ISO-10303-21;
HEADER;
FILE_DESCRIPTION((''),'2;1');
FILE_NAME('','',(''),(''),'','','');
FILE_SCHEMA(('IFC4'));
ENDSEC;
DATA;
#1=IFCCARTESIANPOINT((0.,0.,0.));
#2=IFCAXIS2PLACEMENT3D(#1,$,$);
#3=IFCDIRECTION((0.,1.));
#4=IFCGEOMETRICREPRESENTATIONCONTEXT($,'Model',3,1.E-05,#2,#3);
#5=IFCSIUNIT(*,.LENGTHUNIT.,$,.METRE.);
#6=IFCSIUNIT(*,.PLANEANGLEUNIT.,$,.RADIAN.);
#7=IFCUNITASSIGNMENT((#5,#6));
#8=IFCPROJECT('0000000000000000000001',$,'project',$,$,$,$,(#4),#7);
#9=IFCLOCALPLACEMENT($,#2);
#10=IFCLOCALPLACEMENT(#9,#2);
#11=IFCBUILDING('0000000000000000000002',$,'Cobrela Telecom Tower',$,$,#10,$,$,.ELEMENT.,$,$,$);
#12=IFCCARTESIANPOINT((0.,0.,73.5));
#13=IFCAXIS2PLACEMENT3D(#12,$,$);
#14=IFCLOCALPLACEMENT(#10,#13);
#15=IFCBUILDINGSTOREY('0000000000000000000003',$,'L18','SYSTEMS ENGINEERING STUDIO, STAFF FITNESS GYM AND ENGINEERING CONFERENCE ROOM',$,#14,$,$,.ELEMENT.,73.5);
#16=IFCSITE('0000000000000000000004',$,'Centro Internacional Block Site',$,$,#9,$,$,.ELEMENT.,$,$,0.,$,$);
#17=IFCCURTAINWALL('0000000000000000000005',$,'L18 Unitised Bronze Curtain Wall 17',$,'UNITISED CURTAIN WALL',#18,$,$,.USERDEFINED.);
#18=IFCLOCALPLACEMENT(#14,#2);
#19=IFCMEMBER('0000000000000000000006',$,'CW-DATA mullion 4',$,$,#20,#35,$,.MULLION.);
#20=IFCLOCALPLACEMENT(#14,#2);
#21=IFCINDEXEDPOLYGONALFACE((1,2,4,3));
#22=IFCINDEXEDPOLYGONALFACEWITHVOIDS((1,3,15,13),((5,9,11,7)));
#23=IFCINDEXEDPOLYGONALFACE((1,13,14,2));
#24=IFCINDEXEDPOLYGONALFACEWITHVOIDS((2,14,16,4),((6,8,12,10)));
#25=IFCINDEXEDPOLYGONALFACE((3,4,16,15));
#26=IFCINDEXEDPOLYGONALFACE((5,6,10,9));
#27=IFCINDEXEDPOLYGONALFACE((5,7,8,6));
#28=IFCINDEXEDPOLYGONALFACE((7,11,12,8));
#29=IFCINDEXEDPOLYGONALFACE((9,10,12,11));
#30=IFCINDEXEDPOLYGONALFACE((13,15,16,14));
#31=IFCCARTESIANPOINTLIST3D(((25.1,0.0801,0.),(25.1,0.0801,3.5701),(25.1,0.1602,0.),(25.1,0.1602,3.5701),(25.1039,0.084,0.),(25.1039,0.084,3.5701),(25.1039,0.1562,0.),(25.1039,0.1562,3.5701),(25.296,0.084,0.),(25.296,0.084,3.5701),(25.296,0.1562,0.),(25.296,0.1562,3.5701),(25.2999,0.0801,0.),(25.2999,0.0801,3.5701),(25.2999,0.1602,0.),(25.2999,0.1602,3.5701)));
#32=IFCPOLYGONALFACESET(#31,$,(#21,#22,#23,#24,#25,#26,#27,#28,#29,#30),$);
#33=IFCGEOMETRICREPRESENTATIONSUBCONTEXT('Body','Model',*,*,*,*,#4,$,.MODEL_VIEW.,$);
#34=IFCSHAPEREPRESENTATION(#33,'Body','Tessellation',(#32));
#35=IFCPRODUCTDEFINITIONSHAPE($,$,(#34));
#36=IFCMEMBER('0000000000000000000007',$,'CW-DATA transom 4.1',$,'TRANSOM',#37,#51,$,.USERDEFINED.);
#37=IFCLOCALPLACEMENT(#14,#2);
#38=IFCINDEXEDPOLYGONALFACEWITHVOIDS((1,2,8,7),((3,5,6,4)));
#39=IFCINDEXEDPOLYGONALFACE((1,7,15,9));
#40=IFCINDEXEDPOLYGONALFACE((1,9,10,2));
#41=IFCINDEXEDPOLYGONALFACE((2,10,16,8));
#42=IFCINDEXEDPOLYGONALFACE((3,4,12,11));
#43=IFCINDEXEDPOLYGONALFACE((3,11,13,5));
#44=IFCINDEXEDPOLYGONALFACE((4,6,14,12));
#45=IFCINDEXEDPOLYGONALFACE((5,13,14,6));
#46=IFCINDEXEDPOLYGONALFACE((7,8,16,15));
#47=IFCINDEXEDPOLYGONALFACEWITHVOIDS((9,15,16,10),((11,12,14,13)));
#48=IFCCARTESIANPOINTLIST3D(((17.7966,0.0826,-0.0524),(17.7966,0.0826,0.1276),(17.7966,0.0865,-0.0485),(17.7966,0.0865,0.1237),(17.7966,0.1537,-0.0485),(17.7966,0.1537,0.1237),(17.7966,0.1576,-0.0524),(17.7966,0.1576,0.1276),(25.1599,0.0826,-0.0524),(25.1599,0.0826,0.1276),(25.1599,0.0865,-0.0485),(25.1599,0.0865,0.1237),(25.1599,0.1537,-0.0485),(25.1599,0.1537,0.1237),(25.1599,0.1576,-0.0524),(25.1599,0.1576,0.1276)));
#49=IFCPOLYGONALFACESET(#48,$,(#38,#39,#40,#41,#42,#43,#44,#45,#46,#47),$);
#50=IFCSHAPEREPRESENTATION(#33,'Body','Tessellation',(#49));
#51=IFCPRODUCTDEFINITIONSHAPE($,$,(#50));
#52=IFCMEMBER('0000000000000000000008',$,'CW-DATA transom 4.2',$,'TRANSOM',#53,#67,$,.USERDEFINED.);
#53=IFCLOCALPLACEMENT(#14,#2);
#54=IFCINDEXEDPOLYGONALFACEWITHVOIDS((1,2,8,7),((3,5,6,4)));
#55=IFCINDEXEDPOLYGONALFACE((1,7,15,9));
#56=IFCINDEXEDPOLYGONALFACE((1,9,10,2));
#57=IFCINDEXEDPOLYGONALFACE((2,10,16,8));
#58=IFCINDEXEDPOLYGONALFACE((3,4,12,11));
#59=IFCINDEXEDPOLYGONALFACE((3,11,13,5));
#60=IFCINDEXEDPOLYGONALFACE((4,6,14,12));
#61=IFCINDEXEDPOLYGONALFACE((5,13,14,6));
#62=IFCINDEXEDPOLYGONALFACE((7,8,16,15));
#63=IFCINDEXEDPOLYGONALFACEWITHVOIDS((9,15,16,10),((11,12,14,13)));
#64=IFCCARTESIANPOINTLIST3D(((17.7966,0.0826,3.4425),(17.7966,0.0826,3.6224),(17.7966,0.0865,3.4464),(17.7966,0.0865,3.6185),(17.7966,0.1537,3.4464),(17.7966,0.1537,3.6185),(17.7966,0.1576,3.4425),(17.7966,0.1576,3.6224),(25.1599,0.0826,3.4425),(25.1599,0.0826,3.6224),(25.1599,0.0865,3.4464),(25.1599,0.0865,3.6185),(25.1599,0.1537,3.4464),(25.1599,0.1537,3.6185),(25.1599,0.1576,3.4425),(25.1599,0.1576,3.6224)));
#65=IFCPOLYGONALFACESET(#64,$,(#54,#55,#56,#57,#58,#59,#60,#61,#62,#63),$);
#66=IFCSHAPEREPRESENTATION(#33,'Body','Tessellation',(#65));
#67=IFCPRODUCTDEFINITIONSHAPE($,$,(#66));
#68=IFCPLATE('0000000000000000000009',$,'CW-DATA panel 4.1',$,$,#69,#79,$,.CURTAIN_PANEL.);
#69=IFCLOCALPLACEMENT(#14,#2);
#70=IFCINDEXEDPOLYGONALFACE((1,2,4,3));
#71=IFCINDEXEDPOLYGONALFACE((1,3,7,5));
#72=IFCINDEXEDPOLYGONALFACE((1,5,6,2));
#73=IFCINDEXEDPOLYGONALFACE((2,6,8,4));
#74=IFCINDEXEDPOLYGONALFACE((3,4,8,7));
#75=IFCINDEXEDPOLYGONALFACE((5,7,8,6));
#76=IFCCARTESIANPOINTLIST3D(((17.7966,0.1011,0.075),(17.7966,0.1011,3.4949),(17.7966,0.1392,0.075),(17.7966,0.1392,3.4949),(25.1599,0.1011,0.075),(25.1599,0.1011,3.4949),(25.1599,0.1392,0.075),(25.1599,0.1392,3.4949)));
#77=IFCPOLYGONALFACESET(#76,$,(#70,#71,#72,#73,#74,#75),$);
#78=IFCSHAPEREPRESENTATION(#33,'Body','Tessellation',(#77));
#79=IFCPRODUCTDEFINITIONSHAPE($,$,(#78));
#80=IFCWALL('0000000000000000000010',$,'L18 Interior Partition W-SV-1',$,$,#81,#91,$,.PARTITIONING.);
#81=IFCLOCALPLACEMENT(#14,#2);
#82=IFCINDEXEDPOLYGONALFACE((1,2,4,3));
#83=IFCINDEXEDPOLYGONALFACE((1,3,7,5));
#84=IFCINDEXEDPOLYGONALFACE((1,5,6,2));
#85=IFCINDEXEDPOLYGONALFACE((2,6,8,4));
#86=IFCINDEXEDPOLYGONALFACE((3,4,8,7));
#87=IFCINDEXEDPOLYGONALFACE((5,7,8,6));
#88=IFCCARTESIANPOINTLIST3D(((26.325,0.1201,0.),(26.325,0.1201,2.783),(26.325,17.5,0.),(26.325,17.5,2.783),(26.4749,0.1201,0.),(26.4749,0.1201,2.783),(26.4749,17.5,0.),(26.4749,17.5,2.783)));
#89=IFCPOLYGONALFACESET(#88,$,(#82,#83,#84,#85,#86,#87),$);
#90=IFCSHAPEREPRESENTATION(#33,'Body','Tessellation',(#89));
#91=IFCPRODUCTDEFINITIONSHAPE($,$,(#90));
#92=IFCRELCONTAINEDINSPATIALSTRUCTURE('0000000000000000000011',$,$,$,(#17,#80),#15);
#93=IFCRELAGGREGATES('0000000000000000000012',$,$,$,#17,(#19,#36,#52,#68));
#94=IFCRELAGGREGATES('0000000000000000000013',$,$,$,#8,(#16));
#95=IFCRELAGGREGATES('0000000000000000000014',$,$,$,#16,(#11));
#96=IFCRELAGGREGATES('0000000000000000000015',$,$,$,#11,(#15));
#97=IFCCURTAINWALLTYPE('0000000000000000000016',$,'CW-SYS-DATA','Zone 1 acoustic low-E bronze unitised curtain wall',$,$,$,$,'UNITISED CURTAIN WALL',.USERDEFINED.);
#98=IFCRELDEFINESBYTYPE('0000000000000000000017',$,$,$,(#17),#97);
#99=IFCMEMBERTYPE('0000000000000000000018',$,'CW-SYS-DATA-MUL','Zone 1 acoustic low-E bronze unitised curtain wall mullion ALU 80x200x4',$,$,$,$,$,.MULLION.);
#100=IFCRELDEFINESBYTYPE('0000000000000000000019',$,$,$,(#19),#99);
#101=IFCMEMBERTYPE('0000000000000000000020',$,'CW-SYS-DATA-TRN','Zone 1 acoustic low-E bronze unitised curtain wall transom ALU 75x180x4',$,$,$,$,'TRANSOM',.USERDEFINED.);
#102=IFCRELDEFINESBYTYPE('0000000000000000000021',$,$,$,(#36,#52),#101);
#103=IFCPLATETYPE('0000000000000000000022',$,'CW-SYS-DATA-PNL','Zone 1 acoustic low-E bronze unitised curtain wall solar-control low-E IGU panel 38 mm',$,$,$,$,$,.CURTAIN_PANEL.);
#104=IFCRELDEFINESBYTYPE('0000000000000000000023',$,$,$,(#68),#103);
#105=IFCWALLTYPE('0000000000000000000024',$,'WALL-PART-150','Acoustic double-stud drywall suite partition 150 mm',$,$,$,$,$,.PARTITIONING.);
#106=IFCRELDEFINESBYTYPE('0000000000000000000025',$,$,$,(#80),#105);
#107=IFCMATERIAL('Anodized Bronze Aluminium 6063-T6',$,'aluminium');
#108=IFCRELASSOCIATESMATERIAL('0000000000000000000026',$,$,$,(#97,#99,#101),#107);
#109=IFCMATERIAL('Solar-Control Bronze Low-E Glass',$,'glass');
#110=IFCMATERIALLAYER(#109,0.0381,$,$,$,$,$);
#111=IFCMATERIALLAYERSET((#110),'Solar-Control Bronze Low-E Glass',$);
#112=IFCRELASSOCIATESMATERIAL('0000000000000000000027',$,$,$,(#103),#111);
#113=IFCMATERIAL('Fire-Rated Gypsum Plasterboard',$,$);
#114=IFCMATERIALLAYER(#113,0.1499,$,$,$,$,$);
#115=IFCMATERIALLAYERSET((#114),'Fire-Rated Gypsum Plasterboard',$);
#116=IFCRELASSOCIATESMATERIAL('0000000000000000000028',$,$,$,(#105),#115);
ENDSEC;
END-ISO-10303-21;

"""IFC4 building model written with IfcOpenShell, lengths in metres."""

from ifc_helpers import new_model, si_unit, direction, frame, frame_2d, origin, origin_2d, place, context, subcontext, project, spatial, rectangle, hollow_rectangle, extrude, material, layer, layer_set, material_profile, profile_set, type_object, element, aggregate, save


model = new_model("IFC4")

# Units and contexts
model_context = context("Model", 3, precision=1e-05, world=origin(), true_north=direction((0.0, 1.0)))
body_context = subcontext(model_context, "Body", "Model", "MODEL_VIEW")
ifc_project = project(units=[si_unit("LENGTHUNIT", "METRE"), si_unit("PLANEANGLEUNIT", "RADIAN")], contexts=[model_context])

# Site, building, storey
site_placement = place(None, origin())
site = spatial("IfcSite", under=ifc_project, at=site_placement, Name="Centro Internacional Block Site", CompositionType="ELEMENT", RefElevation=0.0)
building_placement = place(site_placement, origin())
building = spatial("IfcBuilding", under=site, at=building_placement, Name="Cobrela Telecom Tower", CompositionType="ELEMENT")
storey_placement = place(building_placement, frame((0.0, 0.0, 73.5)))
storey = spatial("IfcBuildingStorey", under=building, at=storey_placement, Name="L18", Description="SYSTEMS ENGINEERING STUDIO, STAFF FITNESS GYM AND ENGINEERING CONFERENCE ROOM", CompositionType="ELEMENT", Elevation=73.5)

# Curtain wall, members, plate
ifc_material_1 = material(Name="Anodized Bronze Aluminium 6063-T6", Category="aluminium")
curtain_wall_type = type_object("IfcCurtainWallType", Name="CW-SYS-DATA", Description="Zone 1 acoustic low-E bronze unitised curtain wall", ElementType="UNITISED CURTAIN WALL", PredefinedType="USERDEFINED", material=ifc_material_1)
curtain_wall_placement = place(storey_placement, origin())
curtain_wall = element("IfcCurtainWall", 1, at=curtain_wall_placement, inside=storey, type_object=curtain_wall_type, Name="L18 Unitised Bronze Curtain Wall 17", ObjectType="UNITISED CURTAIN WALL", PredefinedType="USERDEFINED")
ifc_material_profile_1 = material_profile(ifc_material_1, hollow_rectangle(XDim=0.0801, YDim=0.2, WallThickness=0.0039, at=origin_2d()), Name="ALU 80x200x4")
ifc_profile_set_1 = profile_set([ifc_material_profile_1], Name="Anodized Bronze Aluminium 6063-T6")
member_type_1 = type_object("IfcMemberType", Name="CW-SYS-DATA-MUL", Description="Zone 1 acoustic low-E bronze unitised curtain wall mullion ALU 80x200x4", PredefinedType="MULLION", material=ifc_profile_set_1)
member_1_placement = place(storey_placement, frame((25.2, 0.1201, 0.0), z_axis=(0.0, 0.0, 1.0), x_axis=(0.0, -1.0, 0.0)))
member_1 = element("IfcMember", 2, at=member_1_placement, type_object=member_type_1, Name="CW-DATA mullion 4", PredefinedType="MULLION", context=body_context, shape_type="SweptSolid", body=[
    extrude(hollow_rectangle(XDim=0.0801, YDim=0.2, WallThickness=0.0039, at=origin_2d()), origin(), (0.0, 0.0, 1.0), 3.5701),
])
ifc_material_profile_2 = material_profile(ifc_material_1, hollow_rectangle(XDim=0.075, YDim=0.1799, WallThickness=0.0039, at=origin_2d()), Name="ALU 75x180x4")
ifc_profile_set_2 = profile_set([ifc_material_profile_2], Name="Anodized Bronze Aluminium 6063-T6")
member_type_2 = type_object("IfcMemberType", Name="CW-SYS-DATA-TRN", Description="Zone 1 acoustic low-E bronze unitised curtain wall transom ALU 75x180x4", ElementType="TRANSOM", PredefinedType="USERDEFINED", material=ifc_profile_set_2)
member_2_placement = place(storey_placement, frame((25.1599, 0.1201, 0.0376), z_axis=(-1.0, 0.0, 0.0), x_axis=(0.0, -1.0, 0.0)))
member_2 = element("IfcMember", 3, at=member_2_placement, type_object=member_type_2, Name="CW-DATA transom 4.1", ObjectType="TRANSOM", PredefinedType="USERDEFINED", context=body_context, shape_type="SweptSolid", body=[
    extrude(hollow_rectangle(XDim=0.075, YDim=0.1799, WallThickness=0.0039, at=origin_2d()), origin(), (0.0, 0.0, 1.0), 7.3633),
])
member_3_placement = place(storey_placement, frame((25.1599, 0.1201, 3.5325), z_axis=(-1.0, 0.0, 0.0), x_axis=(0.0, -1.0, 0.0)))
member_3 = element("IfcMember", 4, at=member_3_placement, type_object=member_type_2, Name="CW-DATA transom 4.2", ObjectType="TRANSOM", PredefinedType="USERDEFINED", context=body_context, shape_type="SweptSolid", body=[
    extrude(hollow_rectangle(XDim=0.075, YDim=0.1799, WallThickness=0.0039, at=origin_2d()), origin(), (0.0, 0.0, 1.0), 7.3633),
])
ifc_material_2 = material(Name="Solar-Control Bronze Low-E Glass", Category="glass")
ifc_layer_1 = layer(ifc_material_2, 0.0381)
ifc_layer_set_1 = layer_set([ifc_layer_1], Name="Solar-Control Bronze Low-E Glass")
plate_type = type_object("IfcPlateType", Name="CW-SYS-DATA-PNL", Description="Zone 1 acoustic low-E bronze unitised curtain wall solar-control low-E IGU panel 38 mm", PredefinedType="CURTAIN_PANEL", material=ifc_layer_set_1)
plate_placement = place(storey_placement, frame((21.4783, 0.1201, 0.075), z_axis=(0.0, 0.0, 1.0), x_axis=(-1.0, 0.0, 0.0)))
plate = element("IfcPlate", 5, at=plate_placement, type_object=plate_type, Name="CW-DATA panel 4.1", PredefinedType="CURTAIN_PANEL", context=body_context, shape_type="SweptSolid", body=[
    extrude(rectangle(XDim=7.3633, YDim=0.0381, at=origin_2d()), origin(), (0.0, 0.0, 1.0), 3.4199),
])
aggregate(curtain_wall, [member_1, member_2, member_3, plate])

# Wall
ifc_material_3 = material(Name="Fire-Rated Gypsum Plasterboard")
ifc_layer_2 = layer(ifc_material_3, 0.1499)
ifc_layer_set_2 = layer_set([ifc_layer_2], Name="Fire-Rated Gypsum Plasterboard")
wall_type = type_object("IfcWallType", Name="WALL-PART-150", Description="Acoustic double-stud drywall suite partition 150 mm", PredefinedType="PARTITIONING", material=ifc_layer_set_2)
wall_placement = place(storey_placement, frame((26.3999, 0.1201, 0.0), z_axis=(0.0, 0.0, 1.0), x_axis=(0.0, 1.0, 0.0)))
element("IfcWall", 6, at=wall_placement, inside=storey, type_object=wall_type, Name="L18 Interior Partition W-SV-1", PredefinedType="PARTITIONING", context=body_context, shape_type="SweptSolid", body=[
    extrude(rectangle(XDim=17.3799, YDim=0.1499, at=frame_2d((8.6899, 0.0))), origin(), (0.0, 0.0, 1.0), 2.783),
])

save(model, "model.ifc")
